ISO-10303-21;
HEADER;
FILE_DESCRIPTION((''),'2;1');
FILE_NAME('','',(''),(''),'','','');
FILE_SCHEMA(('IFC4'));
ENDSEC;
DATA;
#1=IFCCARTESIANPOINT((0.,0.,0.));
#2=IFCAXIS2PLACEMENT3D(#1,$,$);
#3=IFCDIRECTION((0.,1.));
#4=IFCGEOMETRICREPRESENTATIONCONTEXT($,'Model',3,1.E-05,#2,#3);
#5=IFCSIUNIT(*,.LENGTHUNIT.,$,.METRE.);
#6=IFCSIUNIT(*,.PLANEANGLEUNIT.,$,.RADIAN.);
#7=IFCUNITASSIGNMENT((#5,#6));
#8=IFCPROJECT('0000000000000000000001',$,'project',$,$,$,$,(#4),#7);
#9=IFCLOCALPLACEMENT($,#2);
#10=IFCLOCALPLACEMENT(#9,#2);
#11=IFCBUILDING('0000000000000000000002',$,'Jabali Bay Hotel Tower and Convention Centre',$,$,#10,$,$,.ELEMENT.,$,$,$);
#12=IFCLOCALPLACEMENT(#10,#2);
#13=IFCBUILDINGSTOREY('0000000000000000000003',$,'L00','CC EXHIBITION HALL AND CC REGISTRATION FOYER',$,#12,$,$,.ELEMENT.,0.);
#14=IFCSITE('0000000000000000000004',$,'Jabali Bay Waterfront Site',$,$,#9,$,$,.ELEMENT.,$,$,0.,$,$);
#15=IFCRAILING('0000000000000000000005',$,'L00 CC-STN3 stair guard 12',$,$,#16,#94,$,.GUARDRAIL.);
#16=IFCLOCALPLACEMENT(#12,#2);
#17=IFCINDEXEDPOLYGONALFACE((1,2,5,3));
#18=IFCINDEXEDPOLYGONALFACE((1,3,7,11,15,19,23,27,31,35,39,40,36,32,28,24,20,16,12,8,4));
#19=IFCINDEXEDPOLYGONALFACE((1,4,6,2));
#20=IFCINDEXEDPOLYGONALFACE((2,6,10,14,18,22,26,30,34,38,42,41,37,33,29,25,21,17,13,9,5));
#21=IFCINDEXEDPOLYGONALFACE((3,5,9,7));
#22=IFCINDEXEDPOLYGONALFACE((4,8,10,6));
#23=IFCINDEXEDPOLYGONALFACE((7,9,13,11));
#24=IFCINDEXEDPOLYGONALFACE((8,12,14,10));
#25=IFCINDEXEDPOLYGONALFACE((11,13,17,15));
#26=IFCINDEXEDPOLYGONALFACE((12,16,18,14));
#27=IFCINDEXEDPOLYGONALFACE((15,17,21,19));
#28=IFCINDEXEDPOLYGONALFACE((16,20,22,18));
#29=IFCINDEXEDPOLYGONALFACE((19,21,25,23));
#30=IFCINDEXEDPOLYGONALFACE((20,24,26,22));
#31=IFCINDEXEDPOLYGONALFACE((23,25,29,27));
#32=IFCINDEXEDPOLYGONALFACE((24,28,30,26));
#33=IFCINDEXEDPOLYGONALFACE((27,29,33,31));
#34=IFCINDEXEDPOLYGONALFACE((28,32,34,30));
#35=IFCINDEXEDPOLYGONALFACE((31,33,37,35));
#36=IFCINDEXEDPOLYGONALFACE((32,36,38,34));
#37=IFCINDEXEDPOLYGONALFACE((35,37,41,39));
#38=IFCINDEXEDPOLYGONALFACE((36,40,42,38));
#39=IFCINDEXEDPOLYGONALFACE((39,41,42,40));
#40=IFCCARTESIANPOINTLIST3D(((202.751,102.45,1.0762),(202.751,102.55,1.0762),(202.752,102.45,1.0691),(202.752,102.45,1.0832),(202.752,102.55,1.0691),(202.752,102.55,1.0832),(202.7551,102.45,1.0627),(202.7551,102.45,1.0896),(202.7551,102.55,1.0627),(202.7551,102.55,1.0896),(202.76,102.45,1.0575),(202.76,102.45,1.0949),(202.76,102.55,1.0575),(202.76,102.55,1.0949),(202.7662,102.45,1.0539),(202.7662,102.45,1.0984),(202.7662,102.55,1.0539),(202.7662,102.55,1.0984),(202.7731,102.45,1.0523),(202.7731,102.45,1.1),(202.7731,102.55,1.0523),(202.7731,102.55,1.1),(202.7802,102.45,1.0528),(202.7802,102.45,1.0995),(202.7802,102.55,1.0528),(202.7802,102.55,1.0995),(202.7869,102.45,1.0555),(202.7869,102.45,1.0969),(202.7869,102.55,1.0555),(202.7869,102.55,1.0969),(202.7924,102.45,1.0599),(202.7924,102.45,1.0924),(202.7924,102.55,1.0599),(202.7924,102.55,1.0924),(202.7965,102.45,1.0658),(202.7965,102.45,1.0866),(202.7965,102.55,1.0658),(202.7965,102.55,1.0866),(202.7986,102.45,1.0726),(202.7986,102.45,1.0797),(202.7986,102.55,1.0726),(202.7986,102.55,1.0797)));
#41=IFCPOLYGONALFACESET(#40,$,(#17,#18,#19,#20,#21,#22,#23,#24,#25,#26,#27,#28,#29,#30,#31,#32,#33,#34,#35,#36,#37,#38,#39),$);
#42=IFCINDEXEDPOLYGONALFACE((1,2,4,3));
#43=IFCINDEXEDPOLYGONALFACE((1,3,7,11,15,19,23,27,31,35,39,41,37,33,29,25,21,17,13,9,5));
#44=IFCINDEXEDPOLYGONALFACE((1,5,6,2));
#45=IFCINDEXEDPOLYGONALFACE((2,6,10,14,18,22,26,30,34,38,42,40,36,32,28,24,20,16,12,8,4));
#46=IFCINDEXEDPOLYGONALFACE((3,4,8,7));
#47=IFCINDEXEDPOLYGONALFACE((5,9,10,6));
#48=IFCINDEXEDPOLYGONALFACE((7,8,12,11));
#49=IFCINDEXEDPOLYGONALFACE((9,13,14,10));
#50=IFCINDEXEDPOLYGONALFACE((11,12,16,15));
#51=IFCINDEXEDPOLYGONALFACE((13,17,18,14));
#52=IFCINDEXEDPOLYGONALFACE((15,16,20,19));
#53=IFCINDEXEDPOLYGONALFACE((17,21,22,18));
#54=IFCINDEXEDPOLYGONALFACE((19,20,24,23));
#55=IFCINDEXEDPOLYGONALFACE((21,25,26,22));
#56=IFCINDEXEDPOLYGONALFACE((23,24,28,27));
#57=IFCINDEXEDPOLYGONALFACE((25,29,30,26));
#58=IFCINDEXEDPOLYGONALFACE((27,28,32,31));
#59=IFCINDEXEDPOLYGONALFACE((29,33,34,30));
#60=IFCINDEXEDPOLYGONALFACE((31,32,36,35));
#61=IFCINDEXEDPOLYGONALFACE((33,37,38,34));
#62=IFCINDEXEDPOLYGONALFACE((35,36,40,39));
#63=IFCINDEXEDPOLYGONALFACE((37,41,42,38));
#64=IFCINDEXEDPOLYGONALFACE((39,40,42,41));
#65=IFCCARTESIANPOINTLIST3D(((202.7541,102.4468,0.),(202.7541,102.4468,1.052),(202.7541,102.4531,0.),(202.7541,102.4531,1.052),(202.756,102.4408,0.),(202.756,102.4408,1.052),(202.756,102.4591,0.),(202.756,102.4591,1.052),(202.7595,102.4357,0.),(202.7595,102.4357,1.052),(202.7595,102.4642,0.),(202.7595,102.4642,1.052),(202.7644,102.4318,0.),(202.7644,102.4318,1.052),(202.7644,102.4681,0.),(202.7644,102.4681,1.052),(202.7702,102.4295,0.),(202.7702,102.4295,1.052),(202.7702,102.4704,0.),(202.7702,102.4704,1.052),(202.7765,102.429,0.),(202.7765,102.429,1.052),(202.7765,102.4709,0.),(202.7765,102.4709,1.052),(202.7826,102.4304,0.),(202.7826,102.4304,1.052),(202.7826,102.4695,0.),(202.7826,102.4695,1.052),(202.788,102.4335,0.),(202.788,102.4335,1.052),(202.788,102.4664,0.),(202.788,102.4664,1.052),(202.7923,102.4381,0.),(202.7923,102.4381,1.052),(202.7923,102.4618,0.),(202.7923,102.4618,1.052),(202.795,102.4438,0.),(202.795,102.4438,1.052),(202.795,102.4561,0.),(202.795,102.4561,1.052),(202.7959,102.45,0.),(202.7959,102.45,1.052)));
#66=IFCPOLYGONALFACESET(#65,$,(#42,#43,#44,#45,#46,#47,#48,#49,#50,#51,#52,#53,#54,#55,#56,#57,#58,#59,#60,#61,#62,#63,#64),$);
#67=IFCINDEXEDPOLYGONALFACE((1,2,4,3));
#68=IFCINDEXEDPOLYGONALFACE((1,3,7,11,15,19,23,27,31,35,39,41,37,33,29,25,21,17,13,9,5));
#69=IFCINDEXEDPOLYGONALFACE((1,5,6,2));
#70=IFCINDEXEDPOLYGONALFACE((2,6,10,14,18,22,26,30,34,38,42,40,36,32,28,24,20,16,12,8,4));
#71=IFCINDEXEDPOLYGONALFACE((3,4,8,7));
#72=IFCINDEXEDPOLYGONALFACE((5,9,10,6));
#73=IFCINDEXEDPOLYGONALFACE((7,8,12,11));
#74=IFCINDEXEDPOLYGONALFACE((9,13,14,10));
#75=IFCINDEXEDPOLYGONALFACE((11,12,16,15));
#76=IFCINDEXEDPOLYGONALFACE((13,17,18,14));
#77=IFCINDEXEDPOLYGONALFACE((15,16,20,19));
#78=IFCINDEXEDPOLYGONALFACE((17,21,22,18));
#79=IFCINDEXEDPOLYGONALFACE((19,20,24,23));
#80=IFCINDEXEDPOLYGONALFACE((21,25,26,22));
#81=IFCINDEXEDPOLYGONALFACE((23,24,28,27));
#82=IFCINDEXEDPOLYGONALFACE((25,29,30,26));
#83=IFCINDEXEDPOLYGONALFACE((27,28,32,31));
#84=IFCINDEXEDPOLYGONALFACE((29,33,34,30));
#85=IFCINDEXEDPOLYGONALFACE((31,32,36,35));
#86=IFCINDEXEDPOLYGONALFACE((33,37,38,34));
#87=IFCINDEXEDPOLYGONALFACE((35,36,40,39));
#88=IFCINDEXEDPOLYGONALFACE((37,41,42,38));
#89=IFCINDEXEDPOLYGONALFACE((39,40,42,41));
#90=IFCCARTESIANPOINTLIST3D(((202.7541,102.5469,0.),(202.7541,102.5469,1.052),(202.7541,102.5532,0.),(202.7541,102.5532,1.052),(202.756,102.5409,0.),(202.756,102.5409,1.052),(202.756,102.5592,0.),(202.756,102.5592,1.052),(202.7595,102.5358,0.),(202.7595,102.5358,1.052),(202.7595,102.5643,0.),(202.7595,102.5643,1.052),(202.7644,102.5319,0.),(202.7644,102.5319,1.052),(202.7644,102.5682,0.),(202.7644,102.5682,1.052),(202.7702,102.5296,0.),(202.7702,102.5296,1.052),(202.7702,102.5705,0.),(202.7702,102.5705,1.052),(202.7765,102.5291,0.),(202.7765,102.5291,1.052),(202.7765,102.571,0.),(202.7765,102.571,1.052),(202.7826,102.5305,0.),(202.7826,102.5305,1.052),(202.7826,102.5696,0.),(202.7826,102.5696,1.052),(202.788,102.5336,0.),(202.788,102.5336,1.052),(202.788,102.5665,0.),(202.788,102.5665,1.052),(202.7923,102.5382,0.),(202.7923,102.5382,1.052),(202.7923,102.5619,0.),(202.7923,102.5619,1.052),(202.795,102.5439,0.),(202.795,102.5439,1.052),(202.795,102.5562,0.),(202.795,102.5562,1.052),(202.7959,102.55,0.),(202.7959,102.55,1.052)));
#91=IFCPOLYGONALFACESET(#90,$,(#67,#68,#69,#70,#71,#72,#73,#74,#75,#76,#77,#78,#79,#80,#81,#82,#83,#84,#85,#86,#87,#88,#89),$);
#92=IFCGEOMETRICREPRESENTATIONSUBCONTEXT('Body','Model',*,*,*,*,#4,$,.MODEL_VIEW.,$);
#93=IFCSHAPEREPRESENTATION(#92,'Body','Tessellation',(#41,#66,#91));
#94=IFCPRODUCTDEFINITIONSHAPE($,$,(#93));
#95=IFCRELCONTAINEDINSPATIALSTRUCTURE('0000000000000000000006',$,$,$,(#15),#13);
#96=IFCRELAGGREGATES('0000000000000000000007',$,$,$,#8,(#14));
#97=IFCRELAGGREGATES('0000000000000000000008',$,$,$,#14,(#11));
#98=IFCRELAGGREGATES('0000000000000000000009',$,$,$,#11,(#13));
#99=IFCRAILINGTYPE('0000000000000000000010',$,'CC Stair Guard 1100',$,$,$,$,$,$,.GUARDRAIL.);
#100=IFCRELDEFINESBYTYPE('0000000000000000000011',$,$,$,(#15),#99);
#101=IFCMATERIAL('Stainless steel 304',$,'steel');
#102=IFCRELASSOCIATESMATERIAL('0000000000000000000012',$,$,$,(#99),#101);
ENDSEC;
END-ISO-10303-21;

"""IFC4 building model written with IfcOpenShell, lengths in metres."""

from ifc_helpers import new_model, si_unit, direction, frame, origin, origin_2d, place, context, subcontext, project, spatial, circle, extrude, material, type_object, element, save


model = new_model("IFC4")

# Units and contexts
model_context = context("Model", 3, precision=1e-05, world=origin(), true_north=direction((0.0, 1.0)))
body_context = subcontext(model_context, "Body", "Model", "MODEL_VIEW")
ifc_project = project(units=[si_unit("LENGTHUNIT", "METRE"), si_unit("PLANEANGLEUNIT", "RADIAN")], contexts=[model_context])

# Site, building, storey
site_placement = place(None, origin())
site = spatial("IfcSite", under=ifc_project, at=site_placement, Name="Jabali Bay Waterfront Site", CompositionType="ELEMENT", RefElevation=0.0)
building_placement = place(site_placement, origin())
building = spatial("IfcBuilding", under=site, at=building_placement, Name="Jabali Bay Hotel Tower and Convention Centre", CompositionType="ELEMENT")
storey_placement = place(building_placement, origin())
storey = spatial("IfcBuildingStorey", under=building, at=storey_placement, Name="L00", Description="CC EXHIBITION HALL AND CC REGISTRATION FOYER", CompositionType="ELEMENT", Elevation=0.0)

# Railing
ifc_material_1 = material(Name="Stainless steel 304", Category="steel")
railing_type_1 = type_object("IfcRailingType", Name="CC Stair Guard 1100", PredefinedType="GUARDRAIL", material=ifc_material_1)
railing_1_placement = place(storey_placement, frame((202.7749, 102.45, 0.0)))
element("IfcRailing", 1, at=railing_1_placement, inside=storey, type_object=railing_type_1, Name="L00 CC-STN3 stair guard 12", PredefinedType="GUARDRAIL", context=body_context, shape_type="SweptSolid", body=[
    extrude(circle(Radius=0.0239, at=origin_2d()), frame((0.0, 0.0, 1.0762), z_axis=(0.0, 1.0, 0.0), x_axis=(-1.0, 0.0, 0.0)), (0.0, 0.0, 1.0), 0.1001),
    extrude(circle(Radius=0.021, at=origin_2d()), origin(), (0.0, 0.0, 1.0), 1.052),
    extrude(circle(Radius=0.021, at=origin_2d()), frame((0.0, 0.1001, 0.0)), (0.0, 0.0, 1.0), 1.052),
])

save(model, "model.ifc")
